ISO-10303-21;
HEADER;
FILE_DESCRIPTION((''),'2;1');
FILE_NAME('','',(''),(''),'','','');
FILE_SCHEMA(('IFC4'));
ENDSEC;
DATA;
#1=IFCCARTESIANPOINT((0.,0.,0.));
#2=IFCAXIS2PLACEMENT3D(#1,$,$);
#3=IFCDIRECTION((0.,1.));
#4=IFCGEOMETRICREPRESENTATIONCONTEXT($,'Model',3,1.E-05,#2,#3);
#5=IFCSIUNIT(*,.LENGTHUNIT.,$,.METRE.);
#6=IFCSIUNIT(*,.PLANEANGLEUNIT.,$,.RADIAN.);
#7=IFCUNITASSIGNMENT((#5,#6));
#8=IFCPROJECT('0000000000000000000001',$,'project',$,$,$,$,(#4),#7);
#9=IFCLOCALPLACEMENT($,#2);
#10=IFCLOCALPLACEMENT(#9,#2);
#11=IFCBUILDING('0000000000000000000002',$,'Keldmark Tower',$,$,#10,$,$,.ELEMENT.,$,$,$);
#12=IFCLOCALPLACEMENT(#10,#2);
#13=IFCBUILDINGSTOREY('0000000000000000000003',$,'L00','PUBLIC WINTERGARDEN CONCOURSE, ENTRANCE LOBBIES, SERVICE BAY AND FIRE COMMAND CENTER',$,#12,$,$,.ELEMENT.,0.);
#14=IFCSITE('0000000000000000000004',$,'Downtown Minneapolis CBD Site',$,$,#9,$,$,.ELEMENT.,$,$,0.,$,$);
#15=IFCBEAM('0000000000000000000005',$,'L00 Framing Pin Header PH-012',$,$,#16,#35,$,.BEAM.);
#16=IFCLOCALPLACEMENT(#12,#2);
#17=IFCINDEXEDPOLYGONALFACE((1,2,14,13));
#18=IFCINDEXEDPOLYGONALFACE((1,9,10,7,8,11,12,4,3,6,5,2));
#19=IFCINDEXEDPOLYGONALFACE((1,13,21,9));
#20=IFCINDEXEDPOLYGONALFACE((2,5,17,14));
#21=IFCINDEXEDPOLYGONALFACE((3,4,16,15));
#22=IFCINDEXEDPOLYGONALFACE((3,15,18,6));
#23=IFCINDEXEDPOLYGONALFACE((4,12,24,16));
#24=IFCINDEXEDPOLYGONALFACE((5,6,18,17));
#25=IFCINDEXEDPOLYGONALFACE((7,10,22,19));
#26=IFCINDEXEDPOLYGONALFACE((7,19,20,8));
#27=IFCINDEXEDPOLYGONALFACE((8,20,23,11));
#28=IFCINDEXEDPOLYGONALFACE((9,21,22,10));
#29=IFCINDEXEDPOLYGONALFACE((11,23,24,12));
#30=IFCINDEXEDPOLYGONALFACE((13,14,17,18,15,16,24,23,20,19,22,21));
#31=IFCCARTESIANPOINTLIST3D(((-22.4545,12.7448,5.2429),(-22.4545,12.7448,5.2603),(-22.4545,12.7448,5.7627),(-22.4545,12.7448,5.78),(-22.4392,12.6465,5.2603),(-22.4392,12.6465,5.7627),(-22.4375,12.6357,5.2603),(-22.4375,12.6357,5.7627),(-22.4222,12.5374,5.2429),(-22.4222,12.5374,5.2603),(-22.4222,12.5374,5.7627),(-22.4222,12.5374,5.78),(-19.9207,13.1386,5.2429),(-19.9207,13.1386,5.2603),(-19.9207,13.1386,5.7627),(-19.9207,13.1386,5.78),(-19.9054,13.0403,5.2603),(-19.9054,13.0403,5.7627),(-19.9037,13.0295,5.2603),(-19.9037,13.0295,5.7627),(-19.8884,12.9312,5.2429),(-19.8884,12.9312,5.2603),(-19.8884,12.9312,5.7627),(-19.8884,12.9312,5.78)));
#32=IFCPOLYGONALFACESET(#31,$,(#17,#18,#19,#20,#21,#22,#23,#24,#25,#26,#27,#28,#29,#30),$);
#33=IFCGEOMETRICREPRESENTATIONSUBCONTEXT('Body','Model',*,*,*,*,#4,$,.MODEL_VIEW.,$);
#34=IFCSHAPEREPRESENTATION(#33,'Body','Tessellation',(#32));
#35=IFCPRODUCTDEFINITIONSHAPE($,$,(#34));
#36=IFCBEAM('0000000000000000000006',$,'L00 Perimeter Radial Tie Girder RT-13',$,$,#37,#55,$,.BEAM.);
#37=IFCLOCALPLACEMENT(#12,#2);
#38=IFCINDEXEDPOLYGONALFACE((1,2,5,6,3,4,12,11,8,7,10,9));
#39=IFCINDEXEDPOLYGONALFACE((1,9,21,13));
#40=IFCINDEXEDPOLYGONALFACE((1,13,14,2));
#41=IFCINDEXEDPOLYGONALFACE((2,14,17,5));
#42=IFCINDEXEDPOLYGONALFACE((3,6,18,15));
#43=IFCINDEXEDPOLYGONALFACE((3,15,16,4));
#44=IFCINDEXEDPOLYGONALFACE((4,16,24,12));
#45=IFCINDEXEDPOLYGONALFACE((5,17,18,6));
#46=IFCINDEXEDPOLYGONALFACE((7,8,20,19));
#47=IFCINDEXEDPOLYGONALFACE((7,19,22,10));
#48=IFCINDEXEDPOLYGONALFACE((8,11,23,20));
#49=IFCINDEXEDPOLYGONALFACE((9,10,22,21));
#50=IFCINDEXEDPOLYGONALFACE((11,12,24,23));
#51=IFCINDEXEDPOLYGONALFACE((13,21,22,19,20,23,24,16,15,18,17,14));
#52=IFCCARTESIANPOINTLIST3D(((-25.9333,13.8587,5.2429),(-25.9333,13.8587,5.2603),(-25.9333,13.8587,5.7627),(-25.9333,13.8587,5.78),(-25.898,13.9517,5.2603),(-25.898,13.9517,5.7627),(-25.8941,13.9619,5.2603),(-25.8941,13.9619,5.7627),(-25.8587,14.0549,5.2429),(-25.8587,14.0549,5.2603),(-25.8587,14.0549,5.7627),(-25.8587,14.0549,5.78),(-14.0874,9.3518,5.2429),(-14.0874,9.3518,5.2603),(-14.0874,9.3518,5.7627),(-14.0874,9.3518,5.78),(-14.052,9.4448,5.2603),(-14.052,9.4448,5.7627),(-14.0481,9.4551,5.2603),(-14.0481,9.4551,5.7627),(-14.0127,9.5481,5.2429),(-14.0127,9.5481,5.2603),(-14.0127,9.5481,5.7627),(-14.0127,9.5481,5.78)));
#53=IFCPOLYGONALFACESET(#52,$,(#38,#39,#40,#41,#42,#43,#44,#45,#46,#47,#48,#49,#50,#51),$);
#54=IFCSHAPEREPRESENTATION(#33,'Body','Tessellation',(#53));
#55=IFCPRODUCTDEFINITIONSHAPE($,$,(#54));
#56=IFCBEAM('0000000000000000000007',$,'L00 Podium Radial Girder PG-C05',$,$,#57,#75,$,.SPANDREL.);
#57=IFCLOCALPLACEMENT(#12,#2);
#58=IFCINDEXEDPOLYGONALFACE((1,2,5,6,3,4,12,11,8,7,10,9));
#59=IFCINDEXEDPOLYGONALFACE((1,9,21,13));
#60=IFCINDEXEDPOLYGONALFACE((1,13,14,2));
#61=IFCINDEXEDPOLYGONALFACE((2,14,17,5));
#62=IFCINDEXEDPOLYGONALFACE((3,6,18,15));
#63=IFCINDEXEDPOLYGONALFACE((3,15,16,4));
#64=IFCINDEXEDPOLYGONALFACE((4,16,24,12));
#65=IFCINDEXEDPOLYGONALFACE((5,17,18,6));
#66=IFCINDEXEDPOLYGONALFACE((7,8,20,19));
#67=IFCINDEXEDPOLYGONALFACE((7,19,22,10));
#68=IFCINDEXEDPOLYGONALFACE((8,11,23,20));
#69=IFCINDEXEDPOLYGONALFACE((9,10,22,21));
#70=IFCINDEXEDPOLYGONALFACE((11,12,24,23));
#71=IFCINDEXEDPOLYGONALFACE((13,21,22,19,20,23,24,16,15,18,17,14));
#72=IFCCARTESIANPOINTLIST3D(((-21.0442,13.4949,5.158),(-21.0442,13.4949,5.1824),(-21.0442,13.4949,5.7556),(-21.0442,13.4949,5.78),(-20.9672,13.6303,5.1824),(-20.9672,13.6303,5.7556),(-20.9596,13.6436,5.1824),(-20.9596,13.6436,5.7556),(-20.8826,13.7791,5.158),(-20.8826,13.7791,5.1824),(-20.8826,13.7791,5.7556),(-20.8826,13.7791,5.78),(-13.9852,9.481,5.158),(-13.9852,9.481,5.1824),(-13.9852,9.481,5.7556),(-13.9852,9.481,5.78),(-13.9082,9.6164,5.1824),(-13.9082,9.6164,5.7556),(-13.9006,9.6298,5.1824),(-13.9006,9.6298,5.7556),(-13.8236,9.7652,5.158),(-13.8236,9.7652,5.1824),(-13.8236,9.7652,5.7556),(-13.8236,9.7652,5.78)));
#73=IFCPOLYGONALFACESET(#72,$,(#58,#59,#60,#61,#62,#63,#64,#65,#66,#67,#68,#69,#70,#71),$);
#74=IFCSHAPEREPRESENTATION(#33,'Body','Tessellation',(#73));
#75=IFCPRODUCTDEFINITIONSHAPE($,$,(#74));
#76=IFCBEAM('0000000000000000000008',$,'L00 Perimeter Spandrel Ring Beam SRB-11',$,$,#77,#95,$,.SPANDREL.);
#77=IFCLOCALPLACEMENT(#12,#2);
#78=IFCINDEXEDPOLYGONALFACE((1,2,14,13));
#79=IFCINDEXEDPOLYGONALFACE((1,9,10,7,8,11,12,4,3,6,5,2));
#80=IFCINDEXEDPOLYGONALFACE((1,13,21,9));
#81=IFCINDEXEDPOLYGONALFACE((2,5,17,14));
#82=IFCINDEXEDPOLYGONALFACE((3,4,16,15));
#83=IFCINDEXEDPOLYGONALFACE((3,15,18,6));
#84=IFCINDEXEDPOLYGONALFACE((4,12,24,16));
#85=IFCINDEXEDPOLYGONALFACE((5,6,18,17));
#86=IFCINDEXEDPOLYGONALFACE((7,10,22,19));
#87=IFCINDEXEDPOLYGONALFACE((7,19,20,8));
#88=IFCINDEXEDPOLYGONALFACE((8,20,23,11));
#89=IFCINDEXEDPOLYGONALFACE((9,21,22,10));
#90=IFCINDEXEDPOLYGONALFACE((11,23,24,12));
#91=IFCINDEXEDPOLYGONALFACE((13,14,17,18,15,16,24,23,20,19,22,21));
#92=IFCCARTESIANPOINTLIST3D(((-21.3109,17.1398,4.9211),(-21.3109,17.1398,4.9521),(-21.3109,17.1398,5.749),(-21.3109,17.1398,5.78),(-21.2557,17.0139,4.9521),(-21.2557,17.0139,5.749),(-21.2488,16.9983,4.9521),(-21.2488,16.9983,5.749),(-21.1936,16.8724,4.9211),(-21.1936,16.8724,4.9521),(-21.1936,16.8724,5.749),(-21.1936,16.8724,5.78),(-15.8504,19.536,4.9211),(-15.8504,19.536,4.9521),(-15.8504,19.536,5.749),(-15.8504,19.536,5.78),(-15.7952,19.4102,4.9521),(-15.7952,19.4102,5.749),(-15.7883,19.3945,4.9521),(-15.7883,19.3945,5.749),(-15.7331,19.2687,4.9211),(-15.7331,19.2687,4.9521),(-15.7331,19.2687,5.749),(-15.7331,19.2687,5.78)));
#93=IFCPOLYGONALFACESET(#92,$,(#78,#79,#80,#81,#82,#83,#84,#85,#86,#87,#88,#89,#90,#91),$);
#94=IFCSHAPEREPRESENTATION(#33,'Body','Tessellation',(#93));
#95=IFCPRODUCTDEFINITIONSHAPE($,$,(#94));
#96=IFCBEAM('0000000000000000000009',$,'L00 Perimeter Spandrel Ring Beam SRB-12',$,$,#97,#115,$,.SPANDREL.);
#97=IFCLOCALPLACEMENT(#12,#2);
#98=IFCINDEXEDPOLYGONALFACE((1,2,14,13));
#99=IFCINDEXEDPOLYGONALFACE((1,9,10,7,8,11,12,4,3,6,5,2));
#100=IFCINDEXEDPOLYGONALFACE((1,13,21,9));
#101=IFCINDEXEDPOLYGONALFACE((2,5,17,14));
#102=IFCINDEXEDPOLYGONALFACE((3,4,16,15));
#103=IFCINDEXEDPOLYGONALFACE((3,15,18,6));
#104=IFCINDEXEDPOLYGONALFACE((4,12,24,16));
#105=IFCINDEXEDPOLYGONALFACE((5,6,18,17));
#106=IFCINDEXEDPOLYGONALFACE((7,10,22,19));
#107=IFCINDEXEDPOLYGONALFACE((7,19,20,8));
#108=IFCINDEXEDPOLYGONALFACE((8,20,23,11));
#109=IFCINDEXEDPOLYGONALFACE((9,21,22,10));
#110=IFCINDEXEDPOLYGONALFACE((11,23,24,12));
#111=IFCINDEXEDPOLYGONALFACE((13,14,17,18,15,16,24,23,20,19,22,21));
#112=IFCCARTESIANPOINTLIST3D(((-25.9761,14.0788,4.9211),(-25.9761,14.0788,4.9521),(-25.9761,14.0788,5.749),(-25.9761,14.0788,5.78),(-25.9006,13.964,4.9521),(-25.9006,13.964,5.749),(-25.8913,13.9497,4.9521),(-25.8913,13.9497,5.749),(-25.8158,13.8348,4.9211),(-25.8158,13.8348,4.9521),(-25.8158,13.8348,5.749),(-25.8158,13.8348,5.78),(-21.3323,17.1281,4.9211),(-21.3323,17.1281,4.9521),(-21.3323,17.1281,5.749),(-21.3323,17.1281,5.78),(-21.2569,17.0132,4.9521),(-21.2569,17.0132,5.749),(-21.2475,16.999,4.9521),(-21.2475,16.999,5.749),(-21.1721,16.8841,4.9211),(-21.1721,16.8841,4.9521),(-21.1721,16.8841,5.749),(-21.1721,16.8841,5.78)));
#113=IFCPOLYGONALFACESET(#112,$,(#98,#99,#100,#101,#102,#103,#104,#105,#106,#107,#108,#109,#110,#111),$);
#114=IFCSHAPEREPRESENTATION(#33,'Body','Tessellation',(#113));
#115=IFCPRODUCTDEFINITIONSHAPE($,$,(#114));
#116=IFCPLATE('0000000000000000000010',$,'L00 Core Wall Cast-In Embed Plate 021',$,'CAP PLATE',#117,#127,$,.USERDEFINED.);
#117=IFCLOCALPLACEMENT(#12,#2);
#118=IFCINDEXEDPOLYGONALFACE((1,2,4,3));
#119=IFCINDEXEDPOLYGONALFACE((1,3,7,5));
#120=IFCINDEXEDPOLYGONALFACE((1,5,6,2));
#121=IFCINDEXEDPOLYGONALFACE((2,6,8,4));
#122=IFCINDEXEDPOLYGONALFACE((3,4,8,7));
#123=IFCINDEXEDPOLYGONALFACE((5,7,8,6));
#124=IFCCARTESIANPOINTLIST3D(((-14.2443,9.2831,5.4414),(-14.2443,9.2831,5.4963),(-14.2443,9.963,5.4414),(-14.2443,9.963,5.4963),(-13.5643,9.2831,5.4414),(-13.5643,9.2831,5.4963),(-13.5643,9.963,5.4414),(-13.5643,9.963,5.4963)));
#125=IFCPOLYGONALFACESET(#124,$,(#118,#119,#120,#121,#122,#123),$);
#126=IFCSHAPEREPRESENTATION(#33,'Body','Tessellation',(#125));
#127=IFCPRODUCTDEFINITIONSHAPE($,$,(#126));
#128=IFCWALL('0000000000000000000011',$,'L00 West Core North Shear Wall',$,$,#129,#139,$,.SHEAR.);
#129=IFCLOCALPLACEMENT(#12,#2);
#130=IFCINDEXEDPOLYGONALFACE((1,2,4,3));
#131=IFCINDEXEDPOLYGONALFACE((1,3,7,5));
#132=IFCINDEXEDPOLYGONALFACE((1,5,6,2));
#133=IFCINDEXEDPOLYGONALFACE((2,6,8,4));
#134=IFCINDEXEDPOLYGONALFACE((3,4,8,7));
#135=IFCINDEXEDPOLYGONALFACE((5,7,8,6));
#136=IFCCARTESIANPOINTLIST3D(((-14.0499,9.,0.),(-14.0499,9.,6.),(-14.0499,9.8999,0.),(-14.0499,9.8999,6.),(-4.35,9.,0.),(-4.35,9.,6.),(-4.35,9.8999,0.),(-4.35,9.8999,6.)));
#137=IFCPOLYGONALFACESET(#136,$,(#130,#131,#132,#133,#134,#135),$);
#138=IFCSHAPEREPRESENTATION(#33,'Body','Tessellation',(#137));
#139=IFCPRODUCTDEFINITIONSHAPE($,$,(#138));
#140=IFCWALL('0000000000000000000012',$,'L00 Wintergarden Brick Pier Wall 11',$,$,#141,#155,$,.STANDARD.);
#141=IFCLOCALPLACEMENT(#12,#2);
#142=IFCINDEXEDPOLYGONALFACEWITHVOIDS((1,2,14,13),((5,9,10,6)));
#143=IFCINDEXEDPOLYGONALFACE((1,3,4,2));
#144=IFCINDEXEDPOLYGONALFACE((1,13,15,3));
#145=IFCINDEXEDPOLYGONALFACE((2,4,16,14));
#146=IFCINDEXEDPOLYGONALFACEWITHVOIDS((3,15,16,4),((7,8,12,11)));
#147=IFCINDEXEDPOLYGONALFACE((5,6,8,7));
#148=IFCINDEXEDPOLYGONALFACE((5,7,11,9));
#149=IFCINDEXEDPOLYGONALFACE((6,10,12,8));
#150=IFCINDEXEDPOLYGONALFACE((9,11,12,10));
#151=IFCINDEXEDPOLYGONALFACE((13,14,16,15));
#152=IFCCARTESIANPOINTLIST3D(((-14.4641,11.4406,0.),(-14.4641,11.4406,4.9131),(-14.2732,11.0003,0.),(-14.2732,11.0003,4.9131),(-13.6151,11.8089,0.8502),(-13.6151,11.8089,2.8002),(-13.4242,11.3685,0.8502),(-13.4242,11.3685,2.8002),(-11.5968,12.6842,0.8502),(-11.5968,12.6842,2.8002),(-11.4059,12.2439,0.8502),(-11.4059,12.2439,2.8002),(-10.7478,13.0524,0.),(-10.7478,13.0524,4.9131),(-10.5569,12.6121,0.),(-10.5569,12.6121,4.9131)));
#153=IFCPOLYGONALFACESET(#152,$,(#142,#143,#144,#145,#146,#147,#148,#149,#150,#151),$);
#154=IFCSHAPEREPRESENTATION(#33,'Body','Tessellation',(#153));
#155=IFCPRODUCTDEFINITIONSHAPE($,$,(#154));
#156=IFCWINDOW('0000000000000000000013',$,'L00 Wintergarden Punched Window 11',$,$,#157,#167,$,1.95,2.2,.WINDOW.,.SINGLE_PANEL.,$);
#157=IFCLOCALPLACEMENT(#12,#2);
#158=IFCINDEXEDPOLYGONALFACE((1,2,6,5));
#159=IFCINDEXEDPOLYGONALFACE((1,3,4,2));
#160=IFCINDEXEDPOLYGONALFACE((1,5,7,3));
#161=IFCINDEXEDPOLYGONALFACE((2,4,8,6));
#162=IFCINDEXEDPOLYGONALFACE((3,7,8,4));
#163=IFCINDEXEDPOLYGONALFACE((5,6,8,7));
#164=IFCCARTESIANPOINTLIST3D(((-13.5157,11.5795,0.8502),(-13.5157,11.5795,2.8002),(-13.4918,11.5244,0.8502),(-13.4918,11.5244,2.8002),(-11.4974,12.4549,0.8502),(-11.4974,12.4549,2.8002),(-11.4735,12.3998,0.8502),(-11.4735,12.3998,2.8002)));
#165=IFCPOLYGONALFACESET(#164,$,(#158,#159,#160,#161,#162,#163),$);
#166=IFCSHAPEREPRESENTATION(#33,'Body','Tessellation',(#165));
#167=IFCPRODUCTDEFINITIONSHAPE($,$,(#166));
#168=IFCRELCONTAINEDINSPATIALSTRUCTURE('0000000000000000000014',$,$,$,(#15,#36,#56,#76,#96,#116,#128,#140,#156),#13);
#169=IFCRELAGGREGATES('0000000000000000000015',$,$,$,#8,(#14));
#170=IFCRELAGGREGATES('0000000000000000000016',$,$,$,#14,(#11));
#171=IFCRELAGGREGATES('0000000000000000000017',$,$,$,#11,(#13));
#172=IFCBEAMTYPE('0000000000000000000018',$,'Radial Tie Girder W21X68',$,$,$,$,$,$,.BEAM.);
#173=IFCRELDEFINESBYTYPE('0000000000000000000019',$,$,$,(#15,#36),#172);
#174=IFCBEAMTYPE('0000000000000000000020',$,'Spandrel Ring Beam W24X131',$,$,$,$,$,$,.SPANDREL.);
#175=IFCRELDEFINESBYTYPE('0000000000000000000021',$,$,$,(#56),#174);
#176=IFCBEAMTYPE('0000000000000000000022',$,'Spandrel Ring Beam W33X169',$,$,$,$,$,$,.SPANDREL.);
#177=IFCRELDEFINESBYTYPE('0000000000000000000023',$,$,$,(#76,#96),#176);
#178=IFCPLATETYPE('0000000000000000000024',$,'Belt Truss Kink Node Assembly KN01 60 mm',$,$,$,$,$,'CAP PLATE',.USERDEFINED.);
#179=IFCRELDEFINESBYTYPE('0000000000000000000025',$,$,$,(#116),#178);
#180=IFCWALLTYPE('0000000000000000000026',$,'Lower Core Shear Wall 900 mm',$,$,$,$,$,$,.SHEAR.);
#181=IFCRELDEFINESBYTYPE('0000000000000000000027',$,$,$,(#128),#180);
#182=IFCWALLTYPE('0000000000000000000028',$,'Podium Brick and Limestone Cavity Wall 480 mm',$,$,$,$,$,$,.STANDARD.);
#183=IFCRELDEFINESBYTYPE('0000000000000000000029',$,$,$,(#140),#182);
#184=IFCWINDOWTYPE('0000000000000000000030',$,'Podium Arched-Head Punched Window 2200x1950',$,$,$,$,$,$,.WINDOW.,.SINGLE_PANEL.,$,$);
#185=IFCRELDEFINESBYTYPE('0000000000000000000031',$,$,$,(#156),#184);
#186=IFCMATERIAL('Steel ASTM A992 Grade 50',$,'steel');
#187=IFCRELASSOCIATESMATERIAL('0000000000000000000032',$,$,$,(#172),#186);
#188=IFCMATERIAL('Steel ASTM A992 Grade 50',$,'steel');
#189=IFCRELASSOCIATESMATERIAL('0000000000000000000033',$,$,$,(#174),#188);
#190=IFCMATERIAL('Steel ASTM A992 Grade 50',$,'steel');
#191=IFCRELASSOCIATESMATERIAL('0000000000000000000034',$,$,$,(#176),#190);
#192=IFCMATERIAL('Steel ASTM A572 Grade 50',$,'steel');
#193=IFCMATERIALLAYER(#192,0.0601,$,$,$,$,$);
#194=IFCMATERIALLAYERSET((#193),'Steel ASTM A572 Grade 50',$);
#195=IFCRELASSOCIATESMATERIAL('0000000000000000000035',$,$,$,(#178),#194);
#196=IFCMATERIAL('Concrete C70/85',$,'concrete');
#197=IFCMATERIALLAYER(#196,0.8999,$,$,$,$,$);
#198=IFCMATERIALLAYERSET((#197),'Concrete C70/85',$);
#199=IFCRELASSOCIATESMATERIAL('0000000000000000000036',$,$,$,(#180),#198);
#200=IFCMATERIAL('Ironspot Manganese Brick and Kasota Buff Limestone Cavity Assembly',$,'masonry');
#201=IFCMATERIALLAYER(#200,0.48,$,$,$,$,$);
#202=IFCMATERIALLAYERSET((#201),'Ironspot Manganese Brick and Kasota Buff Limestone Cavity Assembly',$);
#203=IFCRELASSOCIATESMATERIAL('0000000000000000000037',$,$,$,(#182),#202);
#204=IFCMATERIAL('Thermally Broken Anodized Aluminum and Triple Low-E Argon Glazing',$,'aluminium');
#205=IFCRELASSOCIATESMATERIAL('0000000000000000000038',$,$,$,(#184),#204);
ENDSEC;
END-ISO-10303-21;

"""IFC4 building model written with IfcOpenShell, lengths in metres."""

from ifc_helpers import new_model, si_unit, direction, frame, frame_2d, origin, origin_2d, place, context, subcontext, project, spatial, rectangle, i_section, extrude, material, layer, layer_set, material_profile, profile_set, type_object, element, fill, save


model = new_model("IFC4")

# Units and contexts
model_context = context("Model", 3, precision=1e-05, world=origin(), true_north=direction((0.0, 1.0)))
body_context = subcontext(model_context, "Body", "Model", "MODEL_VIEW")
ifc_project = project(units=[si_unit("LENGTHUNIT", "METRE"), si_unit("PLANEANGLEUNIT", "RADIAN")], contexts=[model_context])

# Site, building, storey
site_placement = place(None, origin())
site = spatial("IfcSite", under=ifc_project, at=site_placement, Name="Downtown Minneapolis CBD Site", CompositionType="ELEMENT", RefElevation=0.0)
building_placement = place(site_placement, origin())
building = spatial("IfcBuilding", under=site, at=building_placement, Name="Keldmark Tower", CompositionType="ELEMENT")
storey_placement = place(building_placement, origin())
storey = spatial("IfcBuildingStorey", under=building, at=storey_placement, Name="L00", Description="PUBLIC WINTERGARDEN CONCOURSE, ENTRANCE LOBBIES, SERVICE BAY AND FIRE COMMAND CENTER", CompositionType="ELEMENT", Elevation=0.0)

# Beams
ifc_material_1 = material(Name="Steel ASTM A992 Grade 50", Category="steel")
ifc_material_profile_1 = material_profile(ifc_material_1, i_section(OverallWidth=0.21, OverallDepth=0.5371, WebThickness=0.011, FlangeThickness=0.0173, at=origin_2d()), Name="W21X68")
ifc_profile_set_1 = profile_set([ifc_material_profile_1], Name="Steel ASTM A992 Grade 50")
beam_type_1 = type_object("IfcBeamType", Name="Radial Tie Girder W21X68", PredefinedType="BEAM", material=ifc_profile_set_1)
beam_1_placement = place(storey_placement, frame((-19.9045, 13.0349, 5.5115), z_axis=(-0.988136, -0.153581, 0.0), x_axis=(0.153581, -0.988136, 0.0)))
element("IfcBeam", 1, at=beam_1_placement, inside=storey, type_object=beam_type_1, Name="L00 Framing Pin Header PH-012", PredefinedType="BEAM", context=body_context, shape_type="SweptSolid", body=[
    extrude(i_section(OverallWidth=0.21, OverallDepth=0.5371, WebThickness=0.011, FlangeThickness=0.0173, at=origin_2d()), origin(), (0.0, 0.0, 1.0), 2.5642),
])
beam_2_placement = place(storey_placement, frame((-14.05, 9.45, 5.5115), z_axis=(-0.934643, 0.355588, 0.0), x_axis=(-0.355588, -0.934643, 0.0)))
element("IfcBeam", 2, at=beam_2_placement, inside=storey, type_object=beam_type_1, Name="L00 Perimeter Radial Tie Girder RT-13", PredefinedType="BEAM", context=body_context, shape_type="SweptSolid", body=[
    extrude(i_section(OverallWidth=0.21, OverallDepth=0.5371, WebThickness=0.011, FlangeThickness=0.0173, at=origin_2d()), origin(), (0.0, 0.0, 1.0), 12.6743),
])
ifc_material_2 = material(Name="Steel ASTM A992 Grade 50", Category="steel")
ifc_material_profile_2 = material_profile(ifc_material_2, i_section(OverallWidth=0.3269, OverallDepth=0.6221, WebThickness=0.0154, FlangeThickness=0.0244, at=origin_2d()), Name="W24X131")
ifc_profile_set_2 = profile_set([ifc_material_profile_2], Name="Steel ASTM A992 Grade 50")
beam_type_2 = type_object("IfcBeamType", Name="Spandrel Ring Beam W24X131", PredefinedType="SPANDREL", material=ifc_profile_set_2)
beam_3_placement = place(storey_placement, frame((-20.9634, 13.637, 5.469), z_axis=(0.869294, -0.494296, 0.0), x_axis=(0.494296, 0.869294, 0.0)))
element("IfcBeam", 3, at=beam_3_placement, inside=storey, type_object=beam_type_2, Name="L00 Podium Radial Girder PG-C05", PredefinedType="SPANDREL", context=body_context, shape_type="SweptSolid", body=[
    extrude(i_section(OverallWidth=0.3269, OverallDepth=0.6221, WebThickness=0.0154, FlangeThickness=0.0244, at=origin_2d()), origin(), (0.0, 0.0, 1.0), 8.1204),
])
ifc_material_3 = material(Name="Steel ASTM A992 Grade 50", Category="steel")
ifc_material_profile_3 = material_profile(ifc_material_3, i_section(OverallWidth=0.292, OverallDepth=0.8589, WebThickness=0.0171, FlangeThickness=0.031, at=origin_2d()), Name="W33X169")
ifc_profile_set_3 = profile_set([ifc_material_profile_3], Name="Steel ASTM A992 Grade 50")
beam_type_3 = type_object("IfcBeamType", Name="Spandrel Ring Beam W33X169", PredefinedType="SPANDREL", material=ifc_profile_set_3)
beam_4_placement = place(storey_placement, frame((-15.7917, 19.4023, 5.3506), z_axis=(-0.915708, -0.401845, 0.0), x_axis=(0.401845, -0.915708, 0.0)))
element("IfcBeam", 4, at=beam_4_placement, inside=storey, type_object=beam_type_3, Name="L00 Perimeter Spandrel Ring Beam SRB-11", PredefinedType="SPANDREL", context=body_context, shape_type="SweptSolid", body=[
    extrude(i_section(OverallWidth=0.292, OverallDepth=0.8589, WebThickness=0.0171, FlangeThickness=0.031, at=origin_2d()), origin(), (0.0, 0.0, 1.0), 5.9631),
])
beam_5_placement = place(storey_placement, frame((-21.2522, 17.0061, 5.3506), z_axis=(-0.835897, -0.548886, 0.0), x_axis=(0.548886, -0.835897, 0.0)))
element("IfcBeam", 5, at=beam_5_placement, inside=storey, type_object=beam_type_3, Name="L00 Perimeter Spandrel Ring Beam SRB-12", PredefinedType="SPANDREL", context=body_context, shape_type="SweptSolid", body=[
    extrude(i_section(OverallWidth=0.292, OverallDepth=0.8589, WebThickness=0.0171, FlangeThickness=0.031, at=origin_2d()), origin(), (0.0, 0.0, 1.0), 5.5554),
])

# Plate
ifc_material_4 = material(Name="Steel ASTM A572 Grade 50", Category="steel")
ifc_layer_1 = layer(ifc_material_4, 0.0601)
ifc_layer_set_1 = layer_set([ifc_layer_1], Name="Steel ASTM A572 Grade 50")
plate_type = type_object("IfcPlateType", Name="Belt Truss Kink Node Assembly KN01 60 mm", ElementType="CAP PLATE", PredefinedType="USERDEFINED", material=ifc_layer_set_1)
plate_placement = place(storey_placement, frame((-13.9043, 9.623, 5.4414), z_axis=(0.0, 0.0, 1.0), x_axis=(1.0, 0.0, 0.0)))
element("IfcPlate", 6, at=plate_placement, inside=storey, type_object=plate_type, Name="L00 Core Wall Cast-In Embed Plate 021", ObjectType="CAP PLATE", PredefinedType="USERDEFINED", context=body_context, shape_type="SweptSolid", body=[
    extrude(rectangle(XDim=0.6799, YDim=0.6799, at=origin_2d()), origin(), (0.0, 0.0, 1.0), 0.0549),
])

# Wall
ifc_material_5 = material(Name="Concrete C70/85", Category="concrete")
ifc_layer_2 = layer(ifc_material_5, 0.8999)
ifc_layer_set_2 = layer_set([ifc_layer_2], Name="Concrete C70/85")
wall_type_1 = type_object("IfcWallType", Name="Lower Core Shear Wall 900 mm", PredefinedType="SHEAR", material=ifc_layer_set_2)
wall_1_placement = place(storey_placement, frame((-14.05, 9.45, 0.0), z_axis=(0.0, 0.0, 1.0), x_axis=(1.0, 0.0, 0.0)))
element("IfcWall", 7, at=wall_1_placement, inside=storey, type_object=wall_type_1, Name="L00 West Core North Shear Wall", PredefinedType="SHEAR", context=body_context, shape_type="SweptSolid", body=[
    extrude(rectangle(XDim=9.7, YDim=0.8999, at=frame_2d((4.8501, 0.0))), origin(), (0.0, 0.0, 1.0), 6.0),
])

# Wall, opening, window
ifc_material_6 = material(Name="Ironspot Manganese Brick and Kasota Buff Limestone Cavity Assembly", Category="masonry")
ifc_layer_3 = layer(ifc_material_6, 0.48)
ifc_layer_set_3 = layer_set([ifc_layer_3], Name="Ironspot Manganese Brick and Kasota Buff Limestone Cavity Assembly")
wall_type_2 = type_object("IfcWallType", Name="Podium Brick and Limestone Cavity Wall 480 mm", PredefinedType="STANDARD", material=ifc_layer_set_3)
wall_2_placement = place(storey_placement, frame((-14.3687, 11.2205, 0.0), z_axis=(0.0, 0.0, 1.0), x_axis=(0.917428, 0.397902, 0.0)))
wall_2 = element("IfcWall", 8, at=wall_2_placement, inside=storey, type_object=wall_type_2, Name="L00 Wintergarden Brick Pier Wall 11", PredefinedType="STANDARD", context=body_context, shape_type="SweptSolid", body=[
    extrude(rectangle(XDim=4.0508, YDim=0.48, at=frame_2d((2.0254, 0.0))), origin(), (0.0, 0.0, 1.0), 4.9131),
])
opening_1_placement = place(wall_2_placement, frame((0.9253, 0.0, 0.8501)))
opening_1 = element("IfcOpeningElement", 9, at=opening_1_placement, cuts=wall_2, PredefinedType="OPENING", context=body_context, shape_type="SweptSolid", body=[
    extrude(rectangle(XDim=2.2, YDim=1.95, at=frame_2d((1.1001, 0.9751))), frame((0.0, 0.25, 0.0), z_axis=(0.0, -1.0, 0.0), x_axis=(1.0, 0.0, 0.0)), (0.0, 0.0, 1.0), 0.5),
])
ifc_material_7 = material(Name="Thermally Broken Anodized Aluminum and Triple Low-E Argon Glazing", Category="aluminium")
window_type = type_object("IfcWindowType", Name="Podium Arched-Head Punched Window 2200x1950", PartitioningType="SINGLE_PANEL", PredefinedType="WINDOW", material=ifc_material_7)
window_1_placement = place(opening_1_placement, origin())
window_1 = element("IfcWindow", 10, at=window_1_placement, inside=storey, type_object=window_type, Name="L00 Wintergarden Punched Window 11", OverallHeight=1.95, OverallWidth=2.2, PartitioningType="SINGLE_PANEL", PredefinedType="WINDOW", context=body_context, shape_type="SweptSolid", body=[
    extrude(rectangle(XDim=2.2, YDim=1.95, at=frame_2d((1.1001, 0.9751))), frame((0.0, -0.01, 0.0), z_axis=(0.0, -1.0, 0.0), x_axis=(1.0, 0.0, 0.0)), (0.0, 0.0, 1.0), 0.0601),
])
fill(opening_1, window_1)

save(model, "model.ifc")
